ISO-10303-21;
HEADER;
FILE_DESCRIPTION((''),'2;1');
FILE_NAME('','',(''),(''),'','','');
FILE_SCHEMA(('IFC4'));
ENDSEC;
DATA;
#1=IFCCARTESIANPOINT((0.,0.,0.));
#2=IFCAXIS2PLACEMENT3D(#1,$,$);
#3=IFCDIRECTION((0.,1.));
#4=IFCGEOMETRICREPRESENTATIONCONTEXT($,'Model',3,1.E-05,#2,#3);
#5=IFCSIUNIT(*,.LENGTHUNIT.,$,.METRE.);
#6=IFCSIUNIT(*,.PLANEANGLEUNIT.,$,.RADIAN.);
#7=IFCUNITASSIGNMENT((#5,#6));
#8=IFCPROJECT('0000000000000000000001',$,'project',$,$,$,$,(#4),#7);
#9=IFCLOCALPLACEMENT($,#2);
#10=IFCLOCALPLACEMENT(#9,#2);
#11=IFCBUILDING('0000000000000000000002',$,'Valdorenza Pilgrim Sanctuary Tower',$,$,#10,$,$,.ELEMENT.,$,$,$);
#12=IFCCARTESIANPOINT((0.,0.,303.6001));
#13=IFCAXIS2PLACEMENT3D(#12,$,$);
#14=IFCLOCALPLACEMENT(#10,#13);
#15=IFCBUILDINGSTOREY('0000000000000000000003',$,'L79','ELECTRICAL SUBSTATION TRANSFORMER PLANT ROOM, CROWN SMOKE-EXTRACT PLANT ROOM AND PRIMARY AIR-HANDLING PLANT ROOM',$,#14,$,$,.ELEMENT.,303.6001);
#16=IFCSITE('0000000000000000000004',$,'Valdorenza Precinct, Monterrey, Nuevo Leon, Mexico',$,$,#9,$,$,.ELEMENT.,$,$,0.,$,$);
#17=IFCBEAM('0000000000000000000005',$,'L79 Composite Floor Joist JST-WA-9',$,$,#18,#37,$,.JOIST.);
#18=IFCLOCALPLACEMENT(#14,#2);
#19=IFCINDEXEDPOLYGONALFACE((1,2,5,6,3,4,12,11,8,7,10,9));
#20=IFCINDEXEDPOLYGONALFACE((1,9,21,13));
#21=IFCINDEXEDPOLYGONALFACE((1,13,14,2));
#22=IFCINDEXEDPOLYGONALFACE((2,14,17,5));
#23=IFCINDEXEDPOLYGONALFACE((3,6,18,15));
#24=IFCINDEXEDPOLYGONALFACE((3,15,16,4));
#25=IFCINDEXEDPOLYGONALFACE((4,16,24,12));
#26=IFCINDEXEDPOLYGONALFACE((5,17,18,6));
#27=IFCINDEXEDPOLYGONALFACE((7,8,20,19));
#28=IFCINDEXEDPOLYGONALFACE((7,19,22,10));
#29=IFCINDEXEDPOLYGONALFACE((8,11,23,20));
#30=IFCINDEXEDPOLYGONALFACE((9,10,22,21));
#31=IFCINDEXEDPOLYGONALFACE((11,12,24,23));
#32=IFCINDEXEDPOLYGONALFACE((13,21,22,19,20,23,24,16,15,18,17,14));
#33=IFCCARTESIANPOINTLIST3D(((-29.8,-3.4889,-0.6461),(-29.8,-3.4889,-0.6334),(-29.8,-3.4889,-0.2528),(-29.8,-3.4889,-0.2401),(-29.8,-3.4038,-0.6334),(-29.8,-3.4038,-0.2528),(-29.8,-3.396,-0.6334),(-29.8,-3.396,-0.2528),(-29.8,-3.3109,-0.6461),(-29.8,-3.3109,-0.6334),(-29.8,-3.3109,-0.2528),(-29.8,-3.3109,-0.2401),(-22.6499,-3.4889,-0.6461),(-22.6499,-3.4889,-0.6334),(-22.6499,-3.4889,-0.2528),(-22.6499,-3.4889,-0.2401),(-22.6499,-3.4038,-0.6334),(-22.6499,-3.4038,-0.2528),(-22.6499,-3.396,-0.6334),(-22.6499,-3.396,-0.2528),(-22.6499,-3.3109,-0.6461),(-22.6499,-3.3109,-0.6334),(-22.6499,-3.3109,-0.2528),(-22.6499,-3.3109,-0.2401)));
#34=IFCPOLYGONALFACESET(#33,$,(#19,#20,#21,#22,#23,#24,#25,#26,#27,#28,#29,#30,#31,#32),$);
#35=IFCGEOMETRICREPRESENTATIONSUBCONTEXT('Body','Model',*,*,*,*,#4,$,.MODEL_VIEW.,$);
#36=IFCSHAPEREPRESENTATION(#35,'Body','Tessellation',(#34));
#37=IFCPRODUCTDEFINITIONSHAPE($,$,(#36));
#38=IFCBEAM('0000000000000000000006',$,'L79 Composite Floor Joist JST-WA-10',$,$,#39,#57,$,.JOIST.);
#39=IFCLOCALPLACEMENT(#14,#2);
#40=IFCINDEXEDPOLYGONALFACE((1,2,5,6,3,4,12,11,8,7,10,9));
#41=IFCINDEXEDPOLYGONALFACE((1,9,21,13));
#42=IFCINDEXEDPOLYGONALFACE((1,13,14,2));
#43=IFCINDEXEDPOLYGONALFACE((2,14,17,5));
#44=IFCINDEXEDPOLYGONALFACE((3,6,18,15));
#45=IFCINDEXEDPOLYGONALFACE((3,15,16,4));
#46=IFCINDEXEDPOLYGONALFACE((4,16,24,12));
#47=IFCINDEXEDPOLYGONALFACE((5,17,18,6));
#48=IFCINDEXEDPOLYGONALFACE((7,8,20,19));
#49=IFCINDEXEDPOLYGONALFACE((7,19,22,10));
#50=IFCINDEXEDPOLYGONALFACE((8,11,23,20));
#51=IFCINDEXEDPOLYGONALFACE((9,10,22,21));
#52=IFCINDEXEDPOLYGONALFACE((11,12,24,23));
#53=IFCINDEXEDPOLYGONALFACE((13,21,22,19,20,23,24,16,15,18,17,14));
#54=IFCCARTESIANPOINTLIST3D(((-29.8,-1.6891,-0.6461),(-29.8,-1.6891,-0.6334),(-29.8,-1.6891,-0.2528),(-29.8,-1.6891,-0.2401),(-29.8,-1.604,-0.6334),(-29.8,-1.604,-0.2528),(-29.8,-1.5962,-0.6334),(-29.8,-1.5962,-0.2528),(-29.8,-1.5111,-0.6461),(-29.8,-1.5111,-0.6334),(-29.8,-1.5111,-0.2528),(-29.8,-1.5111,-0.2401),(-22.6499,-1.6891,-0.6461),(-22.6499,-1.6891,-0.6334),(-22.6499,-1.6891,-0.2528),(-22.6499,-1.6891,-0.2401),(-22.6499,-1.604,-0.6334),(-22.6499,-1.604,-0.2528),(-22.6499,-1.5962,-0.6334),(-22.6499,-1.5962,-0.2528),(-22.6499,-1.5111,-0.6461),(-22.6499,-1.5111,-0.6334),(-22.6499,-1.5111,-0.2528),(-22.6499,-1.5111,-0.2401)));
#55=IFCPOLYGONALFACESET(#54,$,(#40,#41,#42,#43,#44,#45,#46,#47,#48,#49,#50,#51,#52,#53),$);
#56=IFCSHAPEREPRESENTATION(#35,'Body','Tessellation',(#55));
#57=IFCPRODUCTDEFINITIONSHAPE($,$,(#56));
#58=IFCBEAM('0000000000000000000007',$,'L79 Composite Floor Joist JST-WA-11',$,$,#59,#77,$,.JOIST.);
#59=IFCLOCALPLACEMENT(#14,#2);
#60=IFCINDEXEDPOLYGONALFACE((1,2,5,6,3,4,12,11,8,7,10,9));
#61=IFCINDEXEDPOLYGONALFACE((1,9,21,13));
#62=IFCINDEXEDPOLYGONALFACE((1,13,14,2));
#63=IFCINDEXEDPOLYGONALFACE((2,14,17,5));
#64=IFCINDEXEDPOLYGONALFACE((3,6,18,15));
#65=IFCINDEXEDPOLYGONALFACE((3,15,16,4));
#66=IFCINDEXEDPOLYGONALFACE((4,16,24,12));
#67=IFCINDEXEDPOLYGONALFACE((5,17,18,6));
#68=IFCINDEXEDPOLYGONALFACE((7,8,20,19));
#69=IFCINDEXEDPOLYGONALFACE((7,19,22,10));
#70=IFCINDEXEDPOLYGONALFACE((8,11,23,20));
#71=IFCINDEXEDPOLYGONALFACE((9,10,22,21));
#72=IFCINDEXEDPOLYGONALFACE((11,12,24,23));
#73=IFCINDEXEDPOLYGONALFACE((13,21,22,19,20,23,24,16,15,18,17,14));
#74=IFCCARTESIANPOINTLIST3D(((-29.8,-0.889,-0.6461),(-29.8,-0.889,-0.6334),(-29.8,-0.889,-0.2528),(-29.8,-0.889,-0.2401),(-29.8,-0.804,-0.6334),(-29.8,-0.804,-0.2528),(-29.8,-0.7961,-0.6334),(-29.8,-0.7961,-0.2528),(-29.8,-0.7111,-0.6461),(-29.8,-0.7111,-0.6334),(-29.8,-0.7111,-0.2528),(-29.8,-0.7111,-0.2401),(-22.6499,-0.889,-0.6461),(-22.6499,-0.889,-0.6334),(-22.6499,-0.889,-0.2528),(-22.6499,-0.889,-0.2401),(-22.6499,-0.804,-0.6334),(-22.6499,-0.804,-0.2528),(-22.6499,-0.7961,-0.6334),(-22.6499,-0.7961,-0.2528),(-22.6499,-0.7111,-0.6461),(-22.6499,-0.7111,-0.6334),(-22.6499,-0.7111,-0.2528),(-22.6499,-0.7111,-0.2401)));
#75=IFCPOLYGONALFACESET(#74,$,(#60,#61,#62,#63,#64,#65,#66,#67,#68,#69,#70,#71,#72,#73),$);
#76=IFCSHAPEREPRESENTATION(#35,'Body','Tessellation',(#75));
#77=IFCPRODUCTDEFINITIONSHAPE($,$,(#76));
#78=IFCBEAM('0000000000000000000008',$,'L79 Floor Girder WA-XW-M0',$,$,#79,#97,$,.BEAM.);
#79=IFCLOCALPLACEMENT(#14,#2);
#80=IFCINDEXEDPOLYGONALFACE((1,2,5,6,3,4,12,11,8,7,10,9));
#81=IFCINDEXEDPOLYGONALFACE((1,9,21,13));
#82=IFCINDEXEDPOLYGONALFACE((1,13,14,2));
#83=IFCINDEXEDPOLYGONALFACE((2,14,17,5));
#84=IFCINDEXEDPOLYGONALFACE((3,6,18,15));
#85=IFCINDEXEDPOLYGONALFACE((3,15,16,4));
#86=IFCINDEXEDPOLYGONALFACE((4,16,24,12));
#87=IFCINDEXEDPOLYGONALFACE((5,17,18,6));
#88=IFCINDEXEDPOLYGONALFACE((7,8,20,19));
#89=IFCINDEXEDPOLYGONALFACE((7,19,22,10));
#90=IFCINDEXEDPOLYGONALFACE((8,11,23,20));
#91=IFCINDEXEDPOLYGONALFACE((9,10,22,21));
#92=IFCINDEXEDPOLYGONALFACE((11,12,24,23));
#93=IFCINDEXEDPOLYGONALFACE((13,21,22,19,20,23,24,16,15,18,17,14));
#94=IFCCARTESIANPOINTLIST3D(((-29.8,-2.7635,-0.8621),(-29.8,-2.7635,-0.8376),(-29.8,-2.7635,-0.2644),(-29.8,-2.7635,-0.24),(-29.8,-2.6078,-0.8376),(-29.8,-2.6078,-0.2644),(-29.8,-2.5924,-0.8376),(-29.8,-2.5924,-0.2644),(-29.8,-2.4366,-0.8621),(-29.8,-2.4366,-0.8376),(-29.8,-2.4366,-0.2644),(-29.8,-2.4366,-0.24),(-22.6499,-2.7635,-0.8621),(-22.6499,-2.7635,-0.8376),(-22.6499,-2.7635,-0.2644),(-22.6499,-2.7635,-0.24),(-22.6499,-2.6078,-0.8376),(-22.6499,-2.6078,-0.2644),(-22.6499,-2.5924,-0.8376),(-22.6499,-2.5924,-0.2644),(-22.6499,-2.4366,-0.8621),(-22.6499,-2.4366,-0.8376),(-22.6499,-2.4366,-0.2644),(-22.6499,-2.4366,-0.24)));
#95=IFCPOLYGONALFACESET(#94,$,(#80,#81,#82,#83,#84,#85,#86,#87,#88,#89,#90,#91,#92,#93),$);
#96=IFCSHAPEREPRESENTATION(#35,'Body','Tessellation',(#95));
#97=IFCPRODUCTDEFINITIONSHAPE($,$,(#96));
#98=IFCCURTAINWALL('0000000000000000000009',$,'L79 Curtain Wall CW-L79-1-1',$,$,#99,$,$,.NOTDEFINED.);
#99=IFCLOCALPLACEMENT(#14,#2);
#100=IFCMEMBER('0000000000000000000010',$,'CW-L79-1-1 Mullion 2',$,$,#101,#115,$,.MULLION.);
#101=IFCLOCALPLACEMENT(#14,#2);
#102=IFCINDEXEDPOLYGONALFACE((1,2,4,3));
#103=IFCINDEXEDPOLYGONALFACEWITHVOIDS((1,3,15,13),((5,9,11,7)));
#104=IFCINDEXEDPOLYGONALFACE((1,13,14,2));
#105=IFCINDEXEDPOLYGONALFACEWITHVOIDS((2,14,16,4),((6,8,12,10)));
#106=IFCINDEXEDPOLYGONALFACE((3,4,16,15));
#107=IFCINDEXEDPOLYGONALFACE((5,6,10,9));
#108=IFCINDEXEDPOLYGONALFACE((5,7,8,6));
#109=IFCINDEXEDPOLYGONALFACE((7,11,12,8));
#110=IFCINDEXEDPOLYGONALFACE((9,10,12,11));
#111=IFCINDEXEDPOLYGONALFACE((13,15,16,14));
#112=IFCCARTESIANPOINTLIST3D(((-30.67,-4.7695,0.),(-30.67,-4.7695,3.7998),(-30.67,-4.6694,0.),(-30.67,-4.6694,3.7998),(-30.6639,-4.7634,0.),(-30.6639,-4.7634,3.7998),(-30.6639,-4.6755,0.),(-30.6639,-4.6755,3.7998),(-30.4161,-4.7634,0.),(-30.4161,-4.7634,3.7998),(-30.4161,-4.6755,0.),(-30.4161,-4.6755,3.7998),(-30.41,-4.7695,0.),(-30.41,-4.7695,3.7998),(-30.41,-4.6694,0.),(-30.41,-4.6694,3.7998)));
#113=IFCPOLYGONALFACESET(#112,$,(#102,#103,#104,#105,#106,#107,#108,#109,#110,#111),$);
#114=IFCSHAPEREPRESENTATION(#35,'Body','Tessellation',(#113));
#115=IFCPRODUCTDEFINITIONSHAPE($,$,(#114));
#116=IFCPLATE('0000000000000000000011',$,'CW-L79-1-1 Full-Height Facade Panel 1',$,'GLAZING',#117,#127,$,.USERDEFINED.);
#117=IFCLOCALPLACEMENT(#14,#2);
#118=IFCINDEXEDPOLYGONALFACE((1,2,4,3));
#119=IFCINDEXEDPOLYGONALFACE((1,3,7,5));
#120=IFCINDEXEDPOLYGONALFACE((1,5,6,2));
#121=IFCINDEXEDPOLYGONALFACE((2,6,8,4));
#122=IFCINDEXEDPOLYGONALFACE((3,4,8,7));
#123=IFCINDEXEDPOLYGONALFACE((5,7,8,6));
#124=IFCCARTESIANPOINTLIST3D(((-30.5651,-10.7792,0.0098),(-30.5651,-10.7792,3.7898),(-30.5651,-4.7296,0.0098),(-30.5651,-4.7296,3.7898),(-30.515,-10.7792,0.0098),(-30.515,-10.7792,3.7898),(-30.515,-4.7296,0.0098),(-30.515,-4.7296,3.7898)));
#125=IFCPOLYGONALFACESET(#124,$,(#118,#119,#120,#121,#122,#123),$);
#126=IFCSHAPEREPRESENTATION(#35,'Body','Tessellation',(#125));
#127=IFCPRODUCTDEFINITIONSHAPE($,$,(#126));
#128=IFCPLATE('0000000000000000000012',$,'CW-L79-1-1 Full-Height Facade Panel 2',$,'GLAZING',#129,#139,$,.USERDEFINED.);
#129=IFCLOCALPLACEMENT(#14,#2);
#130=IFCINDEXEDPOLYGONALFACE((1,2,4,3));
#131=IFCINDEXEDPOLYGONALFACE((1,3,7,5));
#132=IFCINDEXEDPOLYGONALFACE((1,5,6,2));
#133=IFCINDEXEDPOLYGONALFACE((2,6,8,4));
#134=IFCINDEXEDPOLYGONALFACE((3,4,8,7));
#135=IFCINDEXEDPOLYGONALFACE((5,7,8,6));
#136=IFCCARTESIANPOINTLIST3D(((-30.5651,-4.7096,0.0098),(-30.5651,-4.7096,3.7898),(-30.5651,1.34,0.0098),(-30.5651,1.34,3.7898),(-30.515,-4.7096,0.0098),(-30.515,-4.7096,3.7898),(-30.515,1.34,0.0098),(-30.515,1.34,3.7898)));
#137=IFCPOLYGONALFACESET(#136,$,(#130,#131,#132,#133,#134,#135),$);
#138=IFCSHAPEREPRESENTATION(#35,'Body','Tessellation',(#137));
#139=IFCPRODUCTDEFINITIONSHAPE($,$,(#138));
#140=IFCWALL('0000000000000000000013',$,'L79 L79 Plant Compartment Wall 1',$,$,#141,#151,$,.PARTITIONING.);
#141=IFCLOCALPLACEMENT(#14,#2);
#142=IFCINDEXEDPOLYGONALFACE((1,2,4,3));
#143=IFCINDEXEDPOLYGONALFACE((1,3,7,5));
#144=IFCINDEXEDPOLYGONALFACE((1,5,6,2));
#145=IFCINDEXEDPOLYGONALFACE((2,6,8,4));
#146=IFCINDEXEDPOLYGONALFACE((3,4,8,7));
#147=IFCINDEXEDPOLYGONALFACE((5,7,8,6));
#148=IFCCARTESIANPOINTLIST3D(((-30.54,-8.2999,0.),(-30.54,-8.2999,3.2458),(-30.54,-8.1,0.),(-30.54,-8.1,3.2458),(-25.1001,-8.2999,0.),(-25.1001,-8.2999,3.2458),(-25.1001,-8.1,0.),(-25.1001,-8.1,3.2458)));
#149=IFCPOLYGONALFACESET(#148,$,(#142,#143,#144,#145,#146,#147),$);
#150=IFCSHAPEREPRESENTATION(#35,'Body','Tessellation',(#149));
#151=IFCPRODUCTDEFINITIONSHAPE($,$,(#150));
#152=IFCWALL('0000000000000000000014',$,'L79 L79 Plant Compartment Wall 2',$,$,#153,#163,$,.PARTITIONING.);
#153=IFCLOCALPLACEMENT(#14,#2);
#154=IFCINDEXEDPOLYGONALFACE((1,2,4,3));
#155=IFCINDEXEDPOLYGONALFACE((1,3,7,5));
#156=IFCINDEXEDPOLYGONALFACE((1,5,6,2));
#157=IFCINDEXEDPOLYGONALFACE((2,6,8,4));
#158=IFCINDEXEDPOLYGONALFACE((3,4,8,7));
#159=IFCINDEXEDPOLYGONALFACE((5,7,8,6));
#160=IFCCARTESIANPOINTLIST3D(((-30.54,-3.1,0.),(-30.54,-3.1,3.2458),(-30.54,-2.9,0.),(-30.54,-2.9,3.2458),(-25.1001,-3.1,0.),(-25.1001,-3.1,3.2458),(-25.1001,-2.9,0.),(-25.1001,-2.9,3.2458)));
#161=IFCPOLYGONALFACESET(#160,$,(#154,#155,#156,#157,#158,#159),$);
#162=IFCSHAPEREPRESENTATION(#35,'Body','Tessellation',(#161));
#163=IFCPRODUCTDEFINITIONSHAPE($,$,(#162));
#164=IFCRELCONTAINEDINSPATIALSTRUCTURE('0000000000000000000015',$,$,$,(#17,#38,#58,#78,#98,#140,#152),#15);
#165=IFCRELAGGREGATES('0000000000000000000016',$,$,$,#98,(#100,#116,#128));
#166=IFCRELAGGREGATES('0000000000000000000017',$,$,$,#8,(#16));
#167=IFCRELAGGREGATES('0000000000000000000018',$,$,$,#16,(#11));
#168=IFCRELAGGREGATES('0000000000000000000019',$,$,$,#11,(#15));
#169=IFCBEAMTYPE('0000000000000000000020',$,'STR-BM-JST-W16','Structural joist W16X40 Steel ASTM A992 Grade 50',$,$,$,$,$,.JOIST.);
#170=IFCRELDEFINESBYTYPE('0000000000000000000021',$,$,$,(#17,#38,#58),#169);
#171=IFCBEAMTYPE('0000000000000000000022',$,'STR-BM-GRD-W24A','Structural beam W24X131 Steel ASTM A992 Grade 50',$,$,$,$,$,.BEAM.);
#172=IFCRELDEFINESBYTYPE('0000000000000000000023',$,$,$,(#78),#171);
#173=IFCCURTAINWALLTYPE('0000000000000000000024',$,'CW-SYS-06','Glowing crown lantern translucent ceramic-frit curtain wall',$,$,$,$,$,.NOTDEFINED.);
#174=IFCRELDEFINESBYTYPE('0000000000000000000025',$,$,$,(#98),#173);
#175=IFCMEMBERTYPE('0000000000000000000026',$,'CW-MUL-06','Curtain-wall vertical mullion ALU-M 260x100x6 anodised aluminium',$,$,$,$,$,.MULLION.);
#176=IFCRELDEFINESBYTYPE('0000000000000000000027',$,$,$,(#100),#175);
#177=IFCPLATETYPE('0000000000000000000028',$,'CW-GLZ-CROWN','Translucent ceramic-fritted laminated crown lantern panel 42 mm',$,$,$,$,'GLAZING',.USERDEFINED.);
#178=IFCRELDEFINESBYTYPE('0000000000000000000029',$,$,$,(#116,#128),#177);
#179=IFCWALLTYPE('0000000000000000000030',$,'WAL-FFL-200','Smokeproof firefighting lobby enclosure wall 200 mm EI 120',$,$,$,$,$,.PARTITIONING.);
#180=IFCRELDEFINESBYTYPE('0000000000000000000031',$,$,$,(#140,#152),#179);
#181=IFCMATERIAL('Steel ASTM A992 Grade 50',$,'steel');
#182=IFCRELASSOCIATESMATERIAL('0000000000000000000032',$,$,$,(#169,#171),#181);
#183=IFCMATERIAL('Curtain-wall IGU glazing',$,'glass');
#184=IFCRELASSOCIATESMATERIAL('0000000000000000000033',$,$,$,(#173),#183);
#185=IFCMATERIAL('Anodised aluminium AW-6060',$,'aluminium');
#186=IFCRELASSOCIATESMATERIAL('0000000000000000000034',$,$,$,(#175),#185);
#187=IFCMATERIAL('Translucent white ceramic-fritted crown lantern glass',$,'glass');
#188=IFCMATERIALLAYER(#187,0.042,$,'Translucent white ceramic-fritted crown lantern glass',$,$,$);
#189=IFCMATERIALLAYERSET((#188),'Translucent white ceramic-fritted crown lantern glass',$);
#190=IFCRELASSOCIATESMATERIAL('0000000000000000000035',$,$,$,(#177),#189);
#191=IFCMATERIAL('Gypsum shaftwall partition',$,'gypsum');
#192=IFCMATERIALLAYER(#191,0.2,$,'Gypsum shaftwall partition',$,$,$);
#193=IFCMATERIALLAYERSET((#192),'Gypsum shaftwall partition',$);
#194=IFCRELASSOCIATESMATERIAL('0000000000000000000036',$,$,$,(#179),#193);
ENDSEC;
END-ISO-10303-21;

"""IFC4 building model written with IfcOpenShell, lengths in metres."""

from ifc_helpers import new_model, si_unit, direction, frame, frame_2d, origin, origin_2d, place, context, subcontext, project, spatial, rectangle, hollow_rectangle, i_section, extrude, source, transform, mapped, material, layer, layer_set, material_profile, profile_set, type_object, element, aggregate, save


model = new_model("IFC4")

# Units and contexts
model_context = context("Model", 3, precision=1e-05, world=origin(), true_north=direction((0.0, 1.0)))
body_context = subcontext(model_context, "Body", "Model", "MODEL_VIEW")
ifc_project = project(units=[si_unit("LENGTHUNIT", "METRE"), si_unit("PLANEANGLEUNIT", "RADIAN")], contexts=[model_context])

# Site, building, storey
site_placement = place(None, origin())
site = spatial("IfcSite", under=ifc_project, at=site_placement, Name="Valdorenza Precinct, Monterrey, Nuevo Leon, Mexico", CompositionType="ELEMENT", RefElevation=0.0)
building_placement = place(site_placement, origin())
building = spatial("IfcBuilding", under=site, at=building_placement, Name="Valdorenza Pilgrim Sanctuary Tower", CompositionType="ELEMENT")
storey_placement = place(building_placement, frame((0.0, 0.0, 303.6001)))
storey = spatial("IfcBuildingStorey", under=building, at=storey_placement, Name="L79", Description="ELECTRICAL SUBSTATION TRANSFORMER PLANT ROOM, CROWN SMOKE-EXTRACT PLANT ROOM AND PRIMARY AIR-HANDLING PLANT ROOM", CompositionType="ELEMENT", Elevation=303.6001)

# Beams
ifc_material_1 = material(Name="Steel ASTM A992 Grade 50", Category="steel")
ifc_material_profile_1 = material_profile(ifc_material_1, i_section(OverallWidth=0.178, OverallDepth=0.406, WebThickness=0.0078, FlangeThickness=0.0127, at=origin_2d()), Name="W16X40")
ifc_profile_set_1 = profile_set([ifc_material_profile_1], Name="Steel ASTM A992 Grade 50")
beam_type_1 = type_object("IfcBeamType", Name="STR-BM-JST-W16", Description="Structural joist W16X40 Steel ASTM A992 Grade 50", PredefinedType="JOIST", material=ifc_profile_set_1)
shared_shape_1 = source(origin(), body_context, "Body", "SweptSolid", [
    extrude(i_section(OverallWidth=0.178, OverallDepth=0.406, WebThickness=0.0078, FlangeThickness=0.0127, at=origin_2d()), origin(), (0.0, 0.0, 1.0), 7.1501),
])
for number, where, z_axis, x_axis, name in (
    (1, (-29.8, -3.3999, -0.4431), (1.0, 0.0, 0.0), (0.0, 1.0, 0.0), "L79 Composite Floor Joist JST-WA-9"),
    (2, (-29.8, -1.6001, -0.4431), (1.0, 0.0, 0.0), (0.0, 1.0, 0.0), "L79 Composite Floor Joist JST-WA-10"),
    (3, (-29.8, -0.8, -0.4431), (1.0, 0.0, 0.0), (0.0, 1.0, 0.0), "L79 Composite Floor Joist JST-WA-11"),
):
    element("IfcBeam", number, at=place(storey_placement, frame(where, z_axis=z_axis, x_axis=x_axis)), inside=storey, type_object=beam_type_1, Name=name, PredefinedType="JOIST", context=body_context, shape_type="MappedRepresentation", body=[
        mapped(shared_shape_1, transform((0.0, 0.0, 0.0), x_axis=(1.0, 0.0, 0.0), y_axis=(0.0, 1.0, 0.0), z_axis=(0.0, 0.0, 1.0), scale=1.0)),
    ])
ifc_material_profile_2 = material_profile(ifc_material_1, i_section(OverallWidth=0.3269, OverallDepth=0.6221, WebThickness=0.0154, FlangeThickness=0.0244, at=origin_2d()), Name="W24X131")
ifc_profile_set_2 = profile_set([ifc_material_profile_2], Name="Steel ASTM A992 Grade 50")
beam_type_2 = type_object("IfcBeamType", Name="STR-BM-GRD-W24A", Description="Structural beam W24X131 Steel ASTM A992 Grade 50", PredefinedType="BEAM", material=ifc_profile_set_2)
shared_shape_2 = source(origin(), body_context, "Body", "SweptSolid", [
    extrude(i_section(OverallWidth=0.3269, OverallDepth=0.6221, WebThickness=0.0154, FlangeThickness=0.0244, at=origin_2d()), origin(), (0.0, 0.0, 1.0), 7.1501),
])
beam_1_placement = place(storey_placement, frame((-29.8, -2.6001, -0.551), z_axis=(1.0, 0.0, 0.0), x_axis=(0.0, 1.0, 0.0)))
element("IfcBeam", 4, at=beam_1_placement, inside=storey, type_object=beam_type_2, Name="L79 Floor Girder WA-XW-M0", PredefinedType="BEAM", context=body_context, shape_type="MappedRepresentation", body=[
    mapped(shared_shape_2, transform((0.0, 0.0, 0.0), x_axis=(1.0, 0.0, 0.0), y_axis=(0.0, 1.0, 0.0), z_axis=(0.0, 0.0, 1.0), scale=1.0)),
])

# Curtain wall, member, plates
ifc_material_2 = material(Name="Curtain-wall IGU glazing", Category="glass")
curtain_wall_type = type_object("IfcCurtainWallType", Name="CW-SYS-06", Description="Glowing crown lantern translucent ceramic-frit curtain wall", PredefinedType="NOTDEFINED", material=ifc_material_2)
curtain_wall_placement = place(storey_placement, origin())
curtain_wall = element("IfcCurtainWall", 5, at=curtain_wall_placement, inside=storey, type_object=curtain_wall_type, Name="L79 Curtain Wall CW-L79-1-1", PredefinedType="NOTDEFINED")
ifc_material_3 = material(Name="Anodised aluminium AW-6060", Category="aluminium")
ifc_material_profile_3 = material_profile(ifc_material_3, hollow_rectangle(XDim=0.1001, YDim=0.26, WallThickness=0.0061, at=origin_2d()), Name="ALU-M 260x100x6")
ifc_profile_set_3 = profile_set([ifc_material_profile_3], Name="Anodised aluminium AW-6060")
member_type = type_object("IfcMemberType", Name="CW-MUL-06", Description="Curtain-wall vertical mullion ALU-M 260x100x6 anodised aluminium", PredefinedType="MULLION", material=ifc_profile_set_3)
shared_shape_3 = source(origin(), body_context, "Body", "SweptSolid", [
    extrude(hollow_rectangle(XDim=0.1001, YDim=0.26, WallThickness=0.0061, at=origin_2d()), origin(), (0.0, 0.0, 1.0), 3.7998),
])
member_placement = place(storey_placement, frame((-30.54, -4.7195, 0.0), z_axis=(0.0, 0.0, 1.0), x_axis=(0.0, 1.0, 0.0)))
member = element("IfcMember", 6, at=member_placement, type_object=member_type, Name="CW-L79-1-1 Mullion 2", PredefinedType="MULLION", context=body_context, shape_type="MappedRepresentation", body=[
    mapped(shared_shape_3, transform((0.0, 0.0, 0.0), x_axis=(1.0, 0.0, 0.0), y_axis=(0.0, 1.0, 0.0), z_axis=(0.0, 0.0, 1.0), scale=1.0)),
])
ifc_material_4 = material(Name="Translucent white ceramic-fritted crown lantern glass", Category="glass")
ifc_layer_1 = layer(ifc_material_4, 0.042, Name="Translucent white ceramic-fritted crown lantern glass")
ifc_layer_set_1 = layer_set([ifc_layer_1], Name="Translucent white ceramic-fritted crown lantern glass")
plate_type = type_object("IfcPlateType", Name="CW-GLZ-CROWN", Description="Translucent ceramic-fritted laminated crown lantern panel 42 mm", ElementType="GLAZING", PredefinedType="USERDEFINED", material=ifc_layer_set_1)
shared_shape_4 = source(origin(), body_context, "Body", "SweptSolid", [
    extrude(rectangle(XDim=6.0496, YDim=0.05, at=origin_2d()), origin(), (0.0, 0.0, 1.0), 3.78),
])
plate_1_placement = place(storey_placement, frame((-30.54, -7.7544, 0.0098), z_axis=(0.0, 0.0, 1.0), x_axis=(0.0, 1.0, 0.0)))
plate_1 = element("IfcPlate", 7, at=plate_1_placement, type_object=plate_type, Name="CW-L79-1-1 Full-Height Facade Panel 1", ObjectType="GLAZING", PredefinedType="USERDEFINED", context=body_context, shape_type="MappedRepresentation", body=[
    mapped(shared_shape_4, transform((0.0, 0.0, 0.0), x_axis=(1.0, 0.0, 0.0), y_axis=(0.0, 1.0, 0.0), z_axis=(0.0, 0.0, 1.0), scale=1.0)),
])
plate_2_placement = place(storey_placement, frame((-30.54, -1.6848, 0.0098), z_axis=(0.0, 0.0, 1.0), x_axis=(0.0, 1.0, 0.0)))
plate_2 = element("IfcPlate", 8, at=plate_2_placement, type_object=plate_type, Name="CW-L79-1-1 Full-Height Facade Panel 2", ObjectType="GLAZING", PredefinedType="USERDEFINED", context=body_context, shape_type="MappedRepresentation", body=[
    mapped(shared_shape_4, transform((0.0, 0.0, 0.0), x_axis=(1.0, 0.0, 0.0), y_axis=(0.0, 1.0, 0.0), z_axis=(0.0, 0.0, 1.0), scale=1.0)),
])
aggregate(curtain_wall, [member, plate_1, plate_2])

# Walls
ifc_material_5 = material(Name="Gypsum shaftwall partition", Category="gypsum")
ifc_layer_2 = layer(ifc_material_5, 0.2, Name="Gypsum shaftwall partition")
ifc_layer_set_2 = layer_set([ifc_layer_2], Name="Gypsum shaftwall partition")
wall_type = type_object("IfcWallType", Name="WAL-FFL-200", Description="Smokeproof firefighting lobby enclosure wall 200 mm EI 120", PredefinedType="PARTITIONING", material=ifc_layer_set_2)
for number, where, z_axis, x_axis, name in (
    (9, (-30.54, -8.2, 0.0), (0.0, 0.0, 1.0), (1.0, 0.0, 0.0), "L79 L79 Plant Compartment Wall 1"),
    (10, (-30.54, -3.0, 0.0), (0.0, 0.0, 1.0), (1.0, 0.0, 0.0), "L79 L79 Plant Compartment Wall 2"),
):
    element("IfcWall", number, at=place(storey_placement, frame(where, z_axis=z_axis, x_axis=x_axis)), inside=storey, type_object=wall_type, Name=name, PredefinedType="PARTITIONING", context=body_context, shape_type="SweptSolid", body=[
        extrude(rectangle(XDim=5.4399, YDim=0.2, at=frame_2d((2.72, 0.0))), origin(), (0.0, 0.0, 1.0), 3.2458),
    ])

save(model, "model.ifc")
